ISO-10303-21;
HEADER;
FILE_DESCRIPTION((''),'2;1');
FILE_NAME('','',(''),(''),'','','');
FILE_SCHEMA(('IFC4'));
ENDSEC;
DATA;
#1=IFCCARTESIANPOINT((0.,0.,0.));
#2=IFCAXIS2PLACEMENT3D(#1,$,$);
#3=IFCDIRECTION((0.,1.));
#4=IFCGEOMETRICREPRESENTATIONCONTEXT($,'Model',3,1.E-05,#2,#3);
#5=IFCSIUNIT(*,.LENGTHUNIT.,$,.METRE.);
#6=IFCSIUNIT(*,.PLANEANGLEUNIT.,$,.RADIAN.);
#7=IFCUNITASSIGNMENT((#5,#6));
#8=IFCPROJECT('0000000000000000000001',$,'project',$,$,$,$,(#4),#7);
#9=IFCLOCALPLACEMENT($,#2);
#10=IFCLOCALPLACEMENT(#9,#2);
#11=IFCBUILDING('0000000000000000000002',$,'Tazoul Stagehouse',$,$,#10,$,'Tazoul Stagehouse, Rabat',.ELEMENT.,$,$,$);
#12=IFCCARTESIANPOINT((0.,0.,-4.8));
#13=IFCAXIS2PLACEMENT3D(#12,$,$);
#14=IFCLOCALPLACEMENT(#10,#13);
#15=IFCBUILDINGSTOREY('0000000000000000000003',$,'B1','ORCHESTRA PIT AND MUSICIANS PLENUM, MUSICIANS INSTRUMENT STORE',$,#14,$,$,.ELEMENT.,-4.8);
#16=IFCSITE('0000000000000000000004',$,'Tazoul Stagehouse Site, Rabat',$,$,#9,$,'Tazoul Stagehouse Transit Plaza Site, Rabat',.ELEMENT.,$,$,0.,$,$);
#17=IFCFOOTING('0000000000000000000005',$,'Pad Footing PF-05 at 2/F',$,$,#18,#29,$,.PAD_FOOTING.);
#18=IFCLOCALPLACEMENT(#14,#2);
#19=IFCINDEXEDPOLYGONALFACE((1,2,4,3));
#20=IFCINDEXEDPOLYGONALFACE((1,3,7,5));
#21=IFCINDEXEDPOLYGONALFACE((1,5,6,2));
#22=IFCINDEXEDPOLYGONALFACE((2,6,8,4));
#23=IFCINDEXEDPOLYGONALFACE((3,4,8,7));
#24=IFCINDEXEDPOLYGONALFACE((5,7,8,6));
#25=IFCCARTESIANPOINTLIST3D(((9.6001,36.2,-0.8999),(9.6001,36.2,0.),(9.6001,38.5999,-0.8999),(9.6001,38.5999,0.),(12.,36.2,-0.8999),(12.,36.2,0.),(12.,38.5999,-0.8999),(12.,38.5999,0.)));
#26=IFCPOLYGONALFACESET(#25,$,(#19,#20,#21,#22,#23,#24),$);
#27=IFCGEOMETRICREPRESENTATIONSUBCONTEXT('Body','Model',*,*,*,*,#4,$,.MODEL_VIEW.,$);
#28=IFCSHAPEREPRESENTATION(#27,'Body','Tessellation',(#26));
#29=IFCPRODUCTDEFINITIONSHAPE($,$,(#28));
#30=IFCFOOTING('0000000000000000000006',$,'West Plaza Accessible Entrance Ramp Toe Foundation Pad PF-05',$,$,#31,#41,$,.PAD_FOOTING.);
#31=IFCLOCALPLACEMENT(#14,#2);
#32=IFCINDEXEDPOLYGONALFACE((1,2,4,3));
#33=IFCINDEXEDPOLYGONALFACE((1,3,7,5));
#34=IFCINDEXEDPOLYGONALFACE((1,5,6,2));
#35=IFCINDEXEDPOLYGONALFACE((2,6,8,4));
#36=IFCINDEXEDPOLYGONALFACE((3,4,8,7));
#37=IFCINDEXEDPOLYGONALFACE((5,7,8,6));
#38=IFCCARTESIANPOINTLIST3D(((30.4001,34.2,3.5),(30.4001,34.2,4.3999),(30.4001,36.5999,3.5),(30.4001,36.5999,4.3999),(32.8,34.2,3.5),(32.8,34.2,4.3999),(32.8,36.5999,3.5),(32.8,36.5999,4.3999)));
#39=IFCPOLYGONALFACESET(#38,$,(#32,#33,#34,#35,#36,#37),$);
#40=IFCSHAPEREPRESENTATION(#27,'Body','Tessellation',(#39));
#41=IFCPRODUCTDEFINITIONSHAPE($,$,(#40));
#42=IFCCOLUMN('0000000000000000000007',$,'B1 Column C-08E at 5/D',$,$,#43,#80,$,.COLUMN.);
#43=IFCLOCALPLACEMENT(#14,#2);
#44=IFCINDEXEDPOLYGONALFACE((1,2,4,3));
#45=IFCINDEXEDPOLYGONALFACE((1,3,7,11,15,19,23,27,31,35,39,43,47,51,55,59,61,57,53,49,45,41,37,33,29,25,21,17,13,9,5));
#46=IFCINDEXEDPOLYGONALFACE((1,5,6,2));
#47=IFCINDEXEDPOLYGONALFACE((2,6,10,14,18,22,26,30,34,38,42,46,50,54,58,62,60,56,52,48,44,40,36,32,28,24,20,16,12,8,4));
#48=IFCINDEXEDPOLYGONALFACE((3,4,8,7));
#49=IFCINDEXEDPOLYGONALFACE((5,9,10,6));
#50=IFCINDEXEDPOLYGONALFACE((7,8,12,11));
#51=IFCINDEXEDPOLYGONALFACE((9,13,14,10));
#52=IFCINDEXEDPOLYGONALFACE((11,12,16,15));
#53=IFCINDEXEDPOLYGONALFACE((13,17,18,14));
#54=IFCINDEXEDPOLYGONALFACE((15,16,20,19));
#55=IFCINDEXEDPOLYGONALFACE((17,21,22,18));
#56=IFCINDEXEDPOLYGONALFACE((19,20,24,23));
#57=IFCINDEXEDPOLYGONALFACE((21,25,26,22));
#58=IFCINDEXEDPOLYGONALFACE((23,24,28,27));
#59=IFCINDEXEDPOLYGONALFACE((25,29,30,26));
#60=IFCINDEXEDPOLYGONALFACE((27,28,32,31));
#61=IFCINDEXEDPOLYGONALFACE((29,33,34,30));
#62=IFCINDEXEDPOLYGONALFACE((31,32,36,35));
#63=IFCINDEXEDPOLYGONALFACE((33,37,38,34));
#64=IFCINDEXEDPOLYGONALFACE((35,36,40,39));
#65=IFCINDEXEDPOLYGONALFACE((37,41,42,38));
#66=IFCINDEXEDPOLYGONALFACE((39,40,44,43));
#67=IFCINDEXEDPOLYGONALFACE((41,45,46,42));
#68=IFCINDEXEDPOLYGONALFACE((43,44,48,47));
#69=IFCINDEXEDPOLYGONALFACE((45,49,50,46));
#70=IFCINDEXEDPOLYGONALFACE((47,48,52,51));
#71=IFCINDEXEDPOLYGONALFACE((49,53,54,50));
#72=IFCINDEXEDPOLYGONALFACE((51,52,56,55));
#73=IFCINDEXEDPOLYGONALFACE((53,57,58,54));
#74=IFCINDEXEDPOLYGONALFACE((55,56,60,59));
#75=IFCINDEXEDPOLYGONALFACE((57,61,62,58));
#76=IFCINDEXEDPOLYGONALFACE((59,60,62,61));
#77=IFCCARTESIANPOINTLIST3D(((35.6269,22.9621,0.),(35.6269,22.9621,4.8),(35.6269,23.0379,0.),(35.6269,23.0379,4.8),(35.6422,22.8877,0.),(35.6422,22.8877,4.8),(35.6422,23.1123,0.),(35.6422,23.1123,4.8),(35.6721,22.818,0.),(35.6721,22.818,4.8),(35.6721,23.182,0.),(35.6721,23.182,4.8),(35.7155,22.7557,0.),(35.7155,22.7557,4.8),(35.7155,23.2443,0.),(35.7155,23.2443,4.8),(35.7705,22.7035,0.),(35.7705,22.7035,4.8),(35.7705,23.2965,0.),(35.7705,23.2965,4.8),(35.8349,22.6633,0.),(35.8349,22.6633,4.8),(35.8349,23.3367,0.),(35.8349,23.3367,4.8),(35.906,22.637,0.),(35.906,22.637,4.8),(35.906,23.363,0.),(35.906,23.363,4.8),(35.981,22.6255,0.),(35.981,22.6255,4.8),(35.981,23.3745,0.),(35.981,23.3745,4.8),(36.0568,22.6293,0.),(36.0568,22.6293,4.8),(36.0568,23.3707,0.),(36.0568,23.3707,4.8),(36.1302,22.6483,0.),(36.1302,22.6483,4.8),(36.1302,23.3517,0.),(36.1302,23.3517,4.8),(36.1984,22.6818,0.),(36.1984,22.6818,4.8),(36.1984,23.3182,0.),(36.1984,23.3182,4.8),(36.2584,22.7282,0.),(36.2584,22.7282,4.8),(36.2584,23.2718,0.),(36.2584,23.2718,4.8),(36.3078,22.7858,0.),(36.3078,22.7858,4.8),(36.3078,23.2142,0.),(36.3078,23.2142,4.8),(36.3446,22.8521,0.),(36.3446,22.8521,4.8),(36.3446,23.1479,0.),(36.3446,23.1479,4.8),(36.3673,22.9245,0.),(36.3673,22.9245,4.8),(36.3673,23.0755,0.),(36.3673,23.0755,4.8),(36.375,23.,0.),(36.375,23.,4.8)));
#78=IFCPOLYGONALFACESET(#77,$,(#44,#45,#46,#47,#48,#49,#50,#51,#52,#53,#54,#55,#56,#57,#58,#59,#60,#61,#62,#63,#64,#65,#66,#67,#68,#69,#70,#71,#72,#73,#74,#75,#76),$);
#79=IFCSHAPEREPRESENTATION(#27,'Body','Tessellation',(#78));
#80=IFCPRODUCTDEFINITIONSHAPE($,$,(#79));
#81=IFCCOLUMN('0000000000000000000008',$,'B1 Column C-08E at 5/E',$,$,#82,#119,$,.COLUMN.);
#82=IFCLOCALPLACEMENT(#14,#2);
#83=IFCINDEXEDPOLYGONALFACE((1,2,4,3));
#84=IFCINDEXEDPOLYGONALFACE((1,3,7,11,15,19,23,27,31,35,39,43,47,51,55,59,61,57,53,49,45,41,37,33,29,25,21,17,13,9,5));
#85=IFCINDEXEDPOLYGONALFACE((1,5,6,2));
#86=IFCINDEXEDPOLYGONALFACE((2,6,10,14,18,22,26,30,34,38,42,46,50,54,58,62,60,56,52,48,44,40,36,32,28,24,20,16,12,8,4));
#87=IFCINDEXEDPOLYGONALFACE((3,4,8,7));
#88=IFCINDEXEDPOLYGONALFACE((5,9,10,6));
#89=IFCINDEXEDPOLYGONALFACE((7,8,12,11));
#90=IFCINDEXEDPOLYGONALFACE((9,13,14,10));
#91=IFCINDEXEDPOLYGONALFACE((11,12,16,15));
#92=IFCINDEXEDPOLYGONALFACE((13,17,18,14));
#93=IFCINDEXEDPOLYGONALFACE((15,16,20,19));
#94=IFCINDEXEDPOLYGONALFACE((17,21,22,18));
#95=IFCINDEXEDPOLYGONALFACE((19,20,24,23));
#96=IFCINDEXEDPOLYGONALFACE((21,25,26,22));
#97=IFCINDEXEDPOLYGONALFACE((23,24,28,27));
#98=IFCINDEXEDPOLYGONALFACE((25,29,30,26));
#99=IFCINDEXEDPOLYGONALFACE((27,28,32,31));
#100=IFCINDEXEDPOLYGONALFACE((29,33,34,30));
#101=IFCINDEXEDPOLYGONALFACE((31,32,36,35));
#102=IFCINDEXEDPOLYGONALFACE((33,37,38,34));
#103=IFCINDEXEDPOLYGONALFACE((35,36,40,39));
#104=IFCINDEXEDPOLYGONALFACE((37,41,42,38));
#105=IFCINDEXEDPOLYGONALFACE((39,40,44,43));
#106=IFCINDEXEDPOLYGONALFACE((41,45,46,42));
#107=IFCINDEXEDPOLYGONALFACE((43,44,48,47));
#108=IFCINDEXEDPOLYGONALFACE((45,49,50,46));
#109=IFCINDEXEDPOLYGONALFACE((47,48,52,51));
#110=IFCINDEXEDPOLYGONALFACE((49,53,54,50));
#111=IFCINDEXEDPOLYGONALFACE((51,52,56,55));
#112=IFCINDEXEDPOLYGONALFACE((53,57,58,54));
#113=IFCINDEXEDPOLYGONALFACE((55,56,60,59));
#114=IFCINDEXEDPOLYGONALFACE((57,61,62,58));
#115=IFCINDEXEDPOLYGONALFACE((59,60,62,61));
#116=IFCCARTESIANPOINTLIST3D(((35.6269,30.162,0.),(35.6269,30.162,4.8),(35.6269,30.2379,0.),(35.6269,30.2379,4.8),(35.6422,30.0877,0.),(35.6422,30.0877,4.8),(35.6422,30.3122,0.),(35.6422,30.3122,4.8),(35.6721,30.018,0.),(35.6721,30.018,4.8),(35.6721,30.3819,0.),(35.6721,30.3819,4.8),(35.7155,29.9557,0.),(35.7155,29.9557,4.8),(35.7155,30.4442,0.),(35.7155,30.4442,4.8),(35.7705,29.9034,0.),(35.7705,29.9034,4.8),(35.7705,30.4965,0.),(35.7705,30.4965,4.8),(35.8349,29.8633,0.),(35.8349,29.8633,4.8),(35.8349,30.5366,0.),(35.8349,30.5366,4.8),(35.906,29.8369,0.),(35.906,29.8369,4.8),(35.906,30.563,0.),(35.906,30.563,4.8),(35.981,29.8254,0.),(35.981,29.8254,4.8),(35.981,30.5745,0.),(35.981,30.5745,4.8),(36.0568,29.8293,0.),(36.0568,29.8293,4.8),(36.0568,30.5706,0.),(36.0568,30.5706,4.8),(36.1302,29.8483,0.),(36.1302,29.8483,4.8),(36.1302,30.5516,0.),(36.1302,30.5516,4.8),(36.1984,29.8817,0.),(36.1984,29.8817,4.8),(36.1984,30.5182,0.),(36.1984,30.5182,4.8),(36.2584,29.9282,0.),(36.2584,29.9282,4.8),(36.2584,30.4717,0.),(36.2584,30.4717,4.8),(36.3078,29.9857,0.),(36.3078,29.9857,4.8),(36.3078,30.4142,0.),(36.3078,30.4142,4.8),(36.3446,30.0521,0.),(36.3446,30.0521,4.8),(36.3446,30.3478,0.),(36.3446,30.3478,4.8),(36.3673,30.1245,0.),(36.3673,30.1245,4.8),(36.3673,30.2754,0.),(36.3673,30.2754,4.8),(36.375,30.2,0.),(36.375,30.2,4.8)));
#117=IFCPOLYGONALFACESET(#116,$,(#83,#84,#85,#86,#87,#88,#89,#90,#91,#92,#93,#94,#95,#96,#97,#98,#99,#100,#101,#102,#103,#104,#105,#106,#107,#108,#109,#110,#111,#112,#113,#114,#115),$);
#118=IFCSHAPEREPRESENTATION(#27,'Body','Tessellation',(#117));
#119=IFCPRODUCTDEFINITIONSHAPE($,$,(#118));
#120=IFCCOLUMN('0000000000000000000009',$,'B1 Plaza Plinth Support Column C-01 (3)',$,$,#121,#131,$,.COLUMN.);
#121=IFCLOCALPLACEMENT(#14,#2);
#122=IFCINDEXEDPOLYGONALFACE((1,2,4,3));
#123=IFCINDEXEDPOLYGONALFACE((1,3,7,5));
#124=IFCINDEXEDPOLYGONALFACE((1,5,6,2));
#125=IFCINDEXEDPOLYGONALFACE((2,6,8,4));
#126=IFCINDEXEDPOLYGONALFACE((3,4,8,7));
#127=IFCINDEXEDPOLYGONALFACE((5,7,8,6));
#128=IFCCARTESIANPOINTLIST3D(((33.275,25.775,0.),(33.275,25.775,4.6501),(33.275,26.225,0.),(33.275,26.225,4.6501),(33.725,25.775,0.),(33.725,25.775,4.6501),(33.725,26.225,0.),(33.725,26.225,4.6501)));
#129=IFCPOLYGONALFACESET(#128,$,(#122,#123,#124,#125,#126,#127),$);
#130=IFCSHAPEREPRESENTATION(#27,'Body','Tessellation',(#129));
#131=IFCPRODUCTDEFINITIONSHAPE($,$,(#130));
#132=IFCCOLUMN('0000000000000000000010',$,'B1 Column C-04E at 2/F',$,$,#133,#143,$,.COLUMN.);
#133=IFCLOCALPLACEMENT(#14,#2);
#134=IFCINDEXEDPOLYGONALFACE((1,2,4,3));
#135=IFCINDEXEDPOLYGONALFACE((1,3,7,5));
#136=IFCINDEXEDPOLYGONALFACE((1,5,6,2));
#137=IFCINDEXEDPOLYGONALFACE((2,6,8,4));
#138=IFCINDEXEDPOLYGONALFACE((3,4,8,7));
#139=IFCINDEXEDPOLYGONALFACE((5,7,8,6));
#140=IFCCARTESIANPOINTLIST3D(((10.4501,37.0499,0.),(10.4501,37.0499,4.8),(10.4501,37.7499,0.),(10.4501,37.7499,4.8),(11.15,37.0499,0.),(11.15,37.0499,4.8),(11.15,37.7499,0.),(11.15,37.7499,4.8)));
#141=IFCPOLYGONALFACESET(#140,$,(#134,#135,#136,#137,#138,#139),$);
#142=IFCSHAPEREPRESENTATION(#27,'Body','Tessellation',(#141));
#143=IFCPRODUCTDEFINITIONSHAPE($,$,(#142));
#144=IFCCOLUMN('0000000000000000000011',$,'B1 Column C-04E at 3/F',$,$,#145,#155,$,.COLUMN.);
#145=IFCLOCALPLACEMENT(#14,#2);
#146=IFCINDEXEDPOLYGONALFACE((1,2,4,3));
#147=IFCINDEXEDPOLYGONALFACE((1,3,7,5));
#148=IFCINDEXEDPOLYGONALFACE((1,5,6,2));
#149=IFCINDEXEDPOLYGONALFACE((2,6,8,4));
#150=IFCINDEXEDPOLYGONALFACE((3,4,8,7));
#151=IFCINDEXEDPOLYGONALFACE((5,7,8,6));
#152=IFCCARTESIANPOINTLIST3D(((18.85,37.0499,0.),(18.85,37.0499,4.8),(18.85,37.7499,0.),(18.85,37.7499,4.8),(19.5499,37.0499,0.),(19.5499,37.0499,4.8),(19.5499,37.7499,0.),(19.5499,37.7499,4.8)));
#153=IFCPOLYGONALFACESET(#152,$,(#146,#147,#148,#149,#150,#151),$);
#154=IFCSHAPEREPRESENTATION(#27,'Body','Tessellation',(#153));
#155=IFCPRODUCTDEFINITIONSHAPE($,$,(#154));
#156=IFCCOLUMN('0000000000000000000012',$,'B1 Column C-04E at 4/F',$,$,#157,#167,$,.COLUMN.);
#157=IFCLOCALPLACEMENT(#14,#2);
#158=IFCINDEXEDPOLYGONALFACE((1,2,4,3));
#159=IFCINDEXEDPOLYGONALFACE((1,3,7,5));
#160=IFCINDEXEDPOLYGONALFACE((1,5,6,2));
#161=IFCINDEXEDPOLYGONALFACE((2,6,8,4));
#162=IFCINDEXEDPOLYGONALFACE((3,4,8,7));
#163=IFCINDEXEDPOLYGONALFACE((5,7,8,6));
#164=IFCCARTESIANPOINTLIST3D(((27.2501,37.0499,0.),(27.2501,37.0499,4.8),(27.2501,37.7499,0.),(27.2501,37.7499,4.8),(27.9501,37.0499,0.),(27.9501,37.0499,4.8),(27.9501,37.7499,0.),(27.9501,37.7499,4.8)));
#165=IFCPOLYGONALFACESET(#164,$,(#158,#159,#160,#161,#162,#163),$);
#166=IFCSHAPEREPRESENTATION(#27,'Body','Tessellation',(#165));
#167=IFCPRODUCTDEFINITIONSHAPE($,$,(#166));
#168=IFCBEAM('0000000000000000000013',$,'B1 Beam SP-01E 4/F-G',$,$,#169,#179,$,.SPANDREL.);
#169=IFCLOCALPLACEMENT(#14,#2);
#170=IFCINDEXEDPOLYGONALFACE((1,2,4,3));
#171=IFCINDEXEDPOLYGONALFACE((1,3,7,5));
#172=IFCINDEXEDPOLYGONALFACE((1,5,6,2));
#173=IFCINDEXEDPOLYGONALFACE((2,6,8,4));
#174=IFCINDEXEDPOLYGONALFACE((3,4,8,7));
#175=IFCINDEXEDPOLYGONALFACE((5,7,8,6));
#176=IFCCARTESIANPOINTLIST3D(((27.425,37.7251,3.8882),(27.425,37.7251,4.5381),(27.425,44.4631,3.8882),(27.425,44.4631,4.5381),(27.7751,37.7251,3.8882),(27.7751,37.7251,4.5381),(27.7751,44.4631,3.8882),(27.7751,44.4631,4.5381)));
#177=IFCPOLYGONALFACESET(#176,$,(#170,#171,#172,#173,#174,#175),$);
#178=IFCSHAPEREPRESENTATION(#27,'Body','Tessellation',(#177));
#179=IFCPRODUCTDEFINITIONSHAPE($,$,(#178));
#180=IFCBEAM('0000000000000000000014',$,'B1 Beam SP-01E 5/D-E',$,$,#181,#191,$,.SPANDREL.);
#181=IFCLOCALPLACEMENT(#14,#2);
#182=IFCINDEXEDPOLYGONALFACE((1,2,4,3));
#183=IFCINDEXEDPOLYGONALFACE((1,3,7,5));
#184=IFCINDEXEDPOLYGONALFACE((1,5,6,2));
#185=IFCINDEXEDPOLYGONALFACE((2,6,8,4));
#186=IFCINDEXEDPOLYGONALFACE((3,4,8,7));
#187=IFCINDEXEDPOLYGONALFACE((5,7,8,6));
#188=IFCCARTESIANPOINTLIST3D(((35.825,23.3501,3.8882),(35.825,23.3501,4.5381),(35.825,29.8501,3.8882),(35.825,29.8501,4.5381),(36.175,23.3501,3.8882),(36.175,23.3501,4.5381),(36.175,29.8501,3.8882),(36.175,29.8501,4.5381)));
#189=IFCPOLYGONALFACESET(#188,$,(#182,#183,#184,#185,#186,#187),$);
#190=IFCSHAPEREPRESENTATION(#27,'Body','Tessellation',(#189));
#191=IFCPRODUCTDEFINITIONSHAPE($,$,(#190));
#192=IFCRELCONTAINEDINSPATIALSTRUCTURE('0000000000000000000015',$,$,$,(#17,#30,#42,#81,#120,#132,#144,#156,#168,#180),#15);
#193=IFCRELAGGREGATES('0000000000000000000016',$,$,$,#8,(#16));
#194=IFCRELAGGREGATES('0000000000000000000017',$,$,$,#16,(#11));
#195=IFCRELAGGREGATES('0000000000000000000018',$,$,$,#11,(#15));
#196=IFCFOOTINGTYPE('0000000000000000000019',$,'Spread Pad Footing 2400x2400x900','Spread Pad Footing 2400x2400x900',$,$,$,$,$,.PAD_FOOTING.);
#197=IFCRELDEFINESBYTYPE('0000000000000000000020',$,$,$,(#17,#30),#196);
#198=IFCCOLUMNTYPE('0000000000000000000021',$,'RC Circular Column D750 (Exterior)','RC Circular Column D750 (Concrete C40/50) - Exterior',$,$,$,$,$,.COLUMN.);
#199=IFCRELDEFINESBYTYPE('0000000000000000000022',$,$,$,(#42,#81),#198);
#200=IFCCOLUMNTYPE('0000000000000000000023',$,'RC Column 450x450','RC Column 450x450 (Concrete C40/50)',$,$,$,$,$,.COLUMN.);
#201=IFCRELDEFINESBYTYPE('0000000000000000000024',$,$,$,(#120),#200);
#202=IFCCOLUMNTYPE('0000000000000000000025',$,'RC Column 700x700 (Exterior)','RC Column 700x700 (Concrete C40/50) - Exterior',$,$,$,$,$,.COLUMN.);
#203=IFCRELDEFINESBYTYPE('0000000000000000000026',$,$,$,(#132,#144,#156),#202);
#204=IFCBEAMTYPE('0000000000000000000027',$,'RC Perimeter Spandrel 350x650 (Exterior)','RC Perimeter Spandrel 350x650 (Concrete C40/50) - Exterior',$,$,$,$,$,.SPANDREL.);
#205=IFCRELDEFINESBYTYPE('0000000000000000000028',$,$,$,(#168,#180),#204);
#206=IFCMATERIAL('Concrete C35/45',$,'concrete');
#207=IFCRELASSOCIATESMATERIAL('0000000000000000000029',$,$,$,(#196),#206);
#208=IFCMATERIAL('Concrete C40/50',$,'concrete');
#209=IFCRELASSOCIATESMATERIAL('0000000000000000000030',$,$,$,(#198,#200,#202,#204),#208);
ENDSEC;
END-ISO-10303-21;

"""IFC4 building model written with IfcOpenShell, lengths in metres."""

from ifc_helpers import new_model, si_unit, direction, frame, origin, origin_2d, place, context, subcontext, project, spatial, rectangle, circle, extrude, material, material_profile, profile_set, type_object, element, save


model = new_model("IFC4")

# Units and contexts
model_context = context("Model", 3, precision=1e-05, world=origin(), true_north=direction((0.0, 1.0)))
body_context = subcontext(model_context, "Body", "Model", "MODEL_VIEW")
ifc_project = project(units=[si_unit("LENGTHUNIT", "METRE"), si_unit("PLANEANGLEUNIT", "RADIAN")], contexts=[model_context])

# Site, building, storey
site_placement = place(None, origin())
site = spatial("IfcSite", under=ifc_project, at=site_placement, Name="Tazoul Stagehouse Site, Rabat", LongName="Tazoul Stagehouse Transit Plaza Site, Rabat", CompositionType="ELEMENT", RefElevation=0.0)
building_placement = place(site_placement, origin())
building = spatial("IfcBuilding", under=site, at=building_placement, Name="Tazoul Stagehouse", LongName="Tazoul Stagehouse, Rabat", CompositionType="ELEMENT")
storey_placement = place(building_placement, frame((0.0, 0.0, -4.8)))
storey = spatial("IfcBuildingStorey", under=building, at=storey_placement, Name="B1", Description="ORCHESTRA PIT AND MUSICIANS PLENUM, MUSICIANS INSTRUMENT STORE", CompositionType="ELEMENT", Elevation=-4.8)

# Shared definitions
ifc_material_1 = material(Name="Concrete C35/45", Category="concrete")

# Footings
footing_type_1 = type_object("IfcFootingType", Name="Spread Pad Footing 2400x2400x900", Description="Spread Pad Footing 2400x2400x900", PredefinedType="PAD_FOOTING", material=ifc_material_1)
for number, where, z_axis, x_axis, name in (
    (1, (10.8, 37.3999, -0.8999), (0.0, 0.0, 1.0), (1.0, 0.0, 0.0), "Pad Footing PF-05 at 2/F"),
    (2, (31.6001, 35.3999, 3.5), (0.0, 0.0, 1.0), (1.0, 0.0, 0.0), "West Plaza Accessible Entrance Ramp Toe Foundation Pad PF-05"),
):
    element("IfcFooting", number, at=place(storey_placement, frame(where, z_axis=z_axis, x_axis=x_axis)), inside=storey, type_object=footing_type_1, Name=name, PredefinedType="PAD_FOOTING", context=body_context, shape_type="SweptSolid", body=[
        extrude(rectangle(XDim=2.3999, YDim=2.3999, at=origin_2d()), origin(), (0.0, 0.0, 1.0), 0.8999),
    ])

# Columns
ifc_material_2 = material(Name="Concrete C40/50", Category="concrete")
ifc_material_profile_1 = material_profile(ifc_material_2, circle(Radius=0.375, at=origin_2d()), Name="RC D750")
ifc_profile_set_1 = profile_set([ifc_material_profile_1], Name="Concrete C40/50")
column_type_1 = type_object("IfcColumnType", Name="RC Circular Column D750 (Exterior)", Description="RC Circular Column D750 (Concrete C40/50) - Exterior", PredefinedType="COLUMN", material=ifc_profile_set_1)
for number, where, z_axis, x_axis, name in (
    (3, (36.0, 23.0, 0.0), (0.0, 0.0, 1.0), (1.0, 0.0, 0.0), "B1 Column C-08E at 5/D"),
    (4, (36.0, 30.2, 0.0), (0.0, 0.0, 1.0), (1.0, 0.0, 0.0), "B1 Column C-08E at 5/E"),
):
    element("IfcColumn", number, at=place(storey_placement, frame(where, z_axis=z_axis, x_axis=x_axis)), inside=storey, type_object=column_type_1, Name=name, PredefinedType="COLUMN", context=body_context, shape_type="SweptSolid", body=[
        extrude(circle(Radius=0.375, at=origin_2d()), origin(), (0.0, 0.0, 1.0), 4.8),
    ])
ifc_material_profile_2 = material_profile(ifc_material_2, rectangle(XDim=0.45, YDim=0.45, at=origin_2d()), Name="RC 450x450")
ifc_profile_set_2 = profile_set([ifc_material_profile_2], Name="Concrete C40/50")
column_type_2 = type_object("IfcColumnType", Name="RC Column 450x450", Description="RC Column 450x450 (Concrete C40/50)", PredefinedType="COLUMN", material=ifc_profile_set_2)
column_placement = place(storey_placement, frame((33.5, 26.0, 0.0), z_axis=(0.0, 0.0, 1.0), x_axis=(1.0, 0.0, 0.0)))
element("IfcColumn", 5, at=column_placement, inside=storey, type_object=column_type_2, Name="B1 Plaza Plinth Support Column C-01 (3)", PredefinedType="COLUMN", context=body_context, shape_type="SweptSolid", body=[
    extrude(rectangle(XDim=0.45, YDim=0.45, at=origin_2d()), origin(), (0.0, 0.0, 1.0), 4.6501),
])
ifc_material_profile_3 = material_profile(ifc_material_2, rectangle(XDim=0.7, YDim=0.7, at=origin_2d()), Name="RC 700x700")
ifc_profile_set_3 = profile_set([ifc_material_profile_3], Name="Concrete C40/50")
column_type_3 = type_object("IfcColumnType", Name="RC Column 700x700 (Exterior)", Description="RC Column 700x700 (Concrete C40/50) - Exterior", PredefinedType="COLUMN", material=ifc_profile_set_3)
for number, where, z_axis, x_axis, name in (
    (6, (10.8, 37.3999, 0.0), (0.0, 0.0, 1.0), (1.0, 0.0, 0.0), "B1 Column C-04E at 2/F"),
    (7, (19.2, 37.3999, 0.0), (0.0, 0.0, 1.0), (1.0, 0.0, 0.0), "B1 Column C-04E at 3/F"),
    (8, (27.6001, 37.3999, 0.0), (0.0, 0.0, 1.0), (1.0, 0.0, 0.0), "B1 Column C-04E at 4/F"),
):
    element("IfcColumn", number, at=place(storey_placement, frame(where, z_axis=z_axis, x_axis=x_axis)), inside=storey, type_object=column_type_3, Name=name, PredefinedType="COLUMN", context=body_context, shape_type="SweptSolid", body=[
        extrude(rectangle(XDim=0.7, YDim=0.7, at=origin_2d()), origin(), (0.0, 0.0, 1.0), 4.8),
    ])

# Beams
ifc_material_profile_4 = material_profile(ifc_material_2, rectangle(XDim=0.3501, YDim=0.6499, at=origin_2d()), Name="RC 350x650")
ifc_profile_set_4 = profile_set([ifc_material_profile_4], Name="Concrete C40/50")
beam_type_1 = type_object("IfcBeamType", Name="RC Perimeter Spandrel 350x650 (Exterior)", Description="RC Perimeter Spandrel 350x650 (Concrete C40/50) - Exterior", PredefinedType="SPANDREL", material=ifc_profile_set_4)
beam_1_placement = place(storey_placement, frame((27.6001, 37.7251, 4.2131), z_axis=(0.0, 1.0, 0.0), x_axis=(-1.0, 0.0, 0.0)))
element("IfcBeam", 9, at=beam_1_placement, inside=storey, type_object=beam_type_1, Name="B1 Beam SP-01E 4/F-G", PredefinedType="SPANDREL", context=body_context, shape_type="SweptSolid", body=[
    extrude(rectangle(XDim=0.3501, YDim=0.6499, at=origin_2d()), origin(), (0.0, 0.0, 1.0), 6.738),
])
beam_2_placement = place(storey_placement, frame((36.0, 23.3501, 4.2131), z_axis=(0.0, 1.0, 0.0), x_axis=(-1.0, 0.0, 0.0)))
element("IfcBeam", 10, at=beam_2_placement, inside=storey, type_object=beam_type_1, Name="B1 Beam SP-01E 5/D-E", PredefinedType="SPANDREL", context=body_context, shape_type="SweptSolid", body=[
    extrude(rectangle(XDim=0.3501, YDim=0.6499, at=origin_2d()), origin(), (0.0, 0.0, 1.0), 6.5),
])

save(model, "model.ifc")
